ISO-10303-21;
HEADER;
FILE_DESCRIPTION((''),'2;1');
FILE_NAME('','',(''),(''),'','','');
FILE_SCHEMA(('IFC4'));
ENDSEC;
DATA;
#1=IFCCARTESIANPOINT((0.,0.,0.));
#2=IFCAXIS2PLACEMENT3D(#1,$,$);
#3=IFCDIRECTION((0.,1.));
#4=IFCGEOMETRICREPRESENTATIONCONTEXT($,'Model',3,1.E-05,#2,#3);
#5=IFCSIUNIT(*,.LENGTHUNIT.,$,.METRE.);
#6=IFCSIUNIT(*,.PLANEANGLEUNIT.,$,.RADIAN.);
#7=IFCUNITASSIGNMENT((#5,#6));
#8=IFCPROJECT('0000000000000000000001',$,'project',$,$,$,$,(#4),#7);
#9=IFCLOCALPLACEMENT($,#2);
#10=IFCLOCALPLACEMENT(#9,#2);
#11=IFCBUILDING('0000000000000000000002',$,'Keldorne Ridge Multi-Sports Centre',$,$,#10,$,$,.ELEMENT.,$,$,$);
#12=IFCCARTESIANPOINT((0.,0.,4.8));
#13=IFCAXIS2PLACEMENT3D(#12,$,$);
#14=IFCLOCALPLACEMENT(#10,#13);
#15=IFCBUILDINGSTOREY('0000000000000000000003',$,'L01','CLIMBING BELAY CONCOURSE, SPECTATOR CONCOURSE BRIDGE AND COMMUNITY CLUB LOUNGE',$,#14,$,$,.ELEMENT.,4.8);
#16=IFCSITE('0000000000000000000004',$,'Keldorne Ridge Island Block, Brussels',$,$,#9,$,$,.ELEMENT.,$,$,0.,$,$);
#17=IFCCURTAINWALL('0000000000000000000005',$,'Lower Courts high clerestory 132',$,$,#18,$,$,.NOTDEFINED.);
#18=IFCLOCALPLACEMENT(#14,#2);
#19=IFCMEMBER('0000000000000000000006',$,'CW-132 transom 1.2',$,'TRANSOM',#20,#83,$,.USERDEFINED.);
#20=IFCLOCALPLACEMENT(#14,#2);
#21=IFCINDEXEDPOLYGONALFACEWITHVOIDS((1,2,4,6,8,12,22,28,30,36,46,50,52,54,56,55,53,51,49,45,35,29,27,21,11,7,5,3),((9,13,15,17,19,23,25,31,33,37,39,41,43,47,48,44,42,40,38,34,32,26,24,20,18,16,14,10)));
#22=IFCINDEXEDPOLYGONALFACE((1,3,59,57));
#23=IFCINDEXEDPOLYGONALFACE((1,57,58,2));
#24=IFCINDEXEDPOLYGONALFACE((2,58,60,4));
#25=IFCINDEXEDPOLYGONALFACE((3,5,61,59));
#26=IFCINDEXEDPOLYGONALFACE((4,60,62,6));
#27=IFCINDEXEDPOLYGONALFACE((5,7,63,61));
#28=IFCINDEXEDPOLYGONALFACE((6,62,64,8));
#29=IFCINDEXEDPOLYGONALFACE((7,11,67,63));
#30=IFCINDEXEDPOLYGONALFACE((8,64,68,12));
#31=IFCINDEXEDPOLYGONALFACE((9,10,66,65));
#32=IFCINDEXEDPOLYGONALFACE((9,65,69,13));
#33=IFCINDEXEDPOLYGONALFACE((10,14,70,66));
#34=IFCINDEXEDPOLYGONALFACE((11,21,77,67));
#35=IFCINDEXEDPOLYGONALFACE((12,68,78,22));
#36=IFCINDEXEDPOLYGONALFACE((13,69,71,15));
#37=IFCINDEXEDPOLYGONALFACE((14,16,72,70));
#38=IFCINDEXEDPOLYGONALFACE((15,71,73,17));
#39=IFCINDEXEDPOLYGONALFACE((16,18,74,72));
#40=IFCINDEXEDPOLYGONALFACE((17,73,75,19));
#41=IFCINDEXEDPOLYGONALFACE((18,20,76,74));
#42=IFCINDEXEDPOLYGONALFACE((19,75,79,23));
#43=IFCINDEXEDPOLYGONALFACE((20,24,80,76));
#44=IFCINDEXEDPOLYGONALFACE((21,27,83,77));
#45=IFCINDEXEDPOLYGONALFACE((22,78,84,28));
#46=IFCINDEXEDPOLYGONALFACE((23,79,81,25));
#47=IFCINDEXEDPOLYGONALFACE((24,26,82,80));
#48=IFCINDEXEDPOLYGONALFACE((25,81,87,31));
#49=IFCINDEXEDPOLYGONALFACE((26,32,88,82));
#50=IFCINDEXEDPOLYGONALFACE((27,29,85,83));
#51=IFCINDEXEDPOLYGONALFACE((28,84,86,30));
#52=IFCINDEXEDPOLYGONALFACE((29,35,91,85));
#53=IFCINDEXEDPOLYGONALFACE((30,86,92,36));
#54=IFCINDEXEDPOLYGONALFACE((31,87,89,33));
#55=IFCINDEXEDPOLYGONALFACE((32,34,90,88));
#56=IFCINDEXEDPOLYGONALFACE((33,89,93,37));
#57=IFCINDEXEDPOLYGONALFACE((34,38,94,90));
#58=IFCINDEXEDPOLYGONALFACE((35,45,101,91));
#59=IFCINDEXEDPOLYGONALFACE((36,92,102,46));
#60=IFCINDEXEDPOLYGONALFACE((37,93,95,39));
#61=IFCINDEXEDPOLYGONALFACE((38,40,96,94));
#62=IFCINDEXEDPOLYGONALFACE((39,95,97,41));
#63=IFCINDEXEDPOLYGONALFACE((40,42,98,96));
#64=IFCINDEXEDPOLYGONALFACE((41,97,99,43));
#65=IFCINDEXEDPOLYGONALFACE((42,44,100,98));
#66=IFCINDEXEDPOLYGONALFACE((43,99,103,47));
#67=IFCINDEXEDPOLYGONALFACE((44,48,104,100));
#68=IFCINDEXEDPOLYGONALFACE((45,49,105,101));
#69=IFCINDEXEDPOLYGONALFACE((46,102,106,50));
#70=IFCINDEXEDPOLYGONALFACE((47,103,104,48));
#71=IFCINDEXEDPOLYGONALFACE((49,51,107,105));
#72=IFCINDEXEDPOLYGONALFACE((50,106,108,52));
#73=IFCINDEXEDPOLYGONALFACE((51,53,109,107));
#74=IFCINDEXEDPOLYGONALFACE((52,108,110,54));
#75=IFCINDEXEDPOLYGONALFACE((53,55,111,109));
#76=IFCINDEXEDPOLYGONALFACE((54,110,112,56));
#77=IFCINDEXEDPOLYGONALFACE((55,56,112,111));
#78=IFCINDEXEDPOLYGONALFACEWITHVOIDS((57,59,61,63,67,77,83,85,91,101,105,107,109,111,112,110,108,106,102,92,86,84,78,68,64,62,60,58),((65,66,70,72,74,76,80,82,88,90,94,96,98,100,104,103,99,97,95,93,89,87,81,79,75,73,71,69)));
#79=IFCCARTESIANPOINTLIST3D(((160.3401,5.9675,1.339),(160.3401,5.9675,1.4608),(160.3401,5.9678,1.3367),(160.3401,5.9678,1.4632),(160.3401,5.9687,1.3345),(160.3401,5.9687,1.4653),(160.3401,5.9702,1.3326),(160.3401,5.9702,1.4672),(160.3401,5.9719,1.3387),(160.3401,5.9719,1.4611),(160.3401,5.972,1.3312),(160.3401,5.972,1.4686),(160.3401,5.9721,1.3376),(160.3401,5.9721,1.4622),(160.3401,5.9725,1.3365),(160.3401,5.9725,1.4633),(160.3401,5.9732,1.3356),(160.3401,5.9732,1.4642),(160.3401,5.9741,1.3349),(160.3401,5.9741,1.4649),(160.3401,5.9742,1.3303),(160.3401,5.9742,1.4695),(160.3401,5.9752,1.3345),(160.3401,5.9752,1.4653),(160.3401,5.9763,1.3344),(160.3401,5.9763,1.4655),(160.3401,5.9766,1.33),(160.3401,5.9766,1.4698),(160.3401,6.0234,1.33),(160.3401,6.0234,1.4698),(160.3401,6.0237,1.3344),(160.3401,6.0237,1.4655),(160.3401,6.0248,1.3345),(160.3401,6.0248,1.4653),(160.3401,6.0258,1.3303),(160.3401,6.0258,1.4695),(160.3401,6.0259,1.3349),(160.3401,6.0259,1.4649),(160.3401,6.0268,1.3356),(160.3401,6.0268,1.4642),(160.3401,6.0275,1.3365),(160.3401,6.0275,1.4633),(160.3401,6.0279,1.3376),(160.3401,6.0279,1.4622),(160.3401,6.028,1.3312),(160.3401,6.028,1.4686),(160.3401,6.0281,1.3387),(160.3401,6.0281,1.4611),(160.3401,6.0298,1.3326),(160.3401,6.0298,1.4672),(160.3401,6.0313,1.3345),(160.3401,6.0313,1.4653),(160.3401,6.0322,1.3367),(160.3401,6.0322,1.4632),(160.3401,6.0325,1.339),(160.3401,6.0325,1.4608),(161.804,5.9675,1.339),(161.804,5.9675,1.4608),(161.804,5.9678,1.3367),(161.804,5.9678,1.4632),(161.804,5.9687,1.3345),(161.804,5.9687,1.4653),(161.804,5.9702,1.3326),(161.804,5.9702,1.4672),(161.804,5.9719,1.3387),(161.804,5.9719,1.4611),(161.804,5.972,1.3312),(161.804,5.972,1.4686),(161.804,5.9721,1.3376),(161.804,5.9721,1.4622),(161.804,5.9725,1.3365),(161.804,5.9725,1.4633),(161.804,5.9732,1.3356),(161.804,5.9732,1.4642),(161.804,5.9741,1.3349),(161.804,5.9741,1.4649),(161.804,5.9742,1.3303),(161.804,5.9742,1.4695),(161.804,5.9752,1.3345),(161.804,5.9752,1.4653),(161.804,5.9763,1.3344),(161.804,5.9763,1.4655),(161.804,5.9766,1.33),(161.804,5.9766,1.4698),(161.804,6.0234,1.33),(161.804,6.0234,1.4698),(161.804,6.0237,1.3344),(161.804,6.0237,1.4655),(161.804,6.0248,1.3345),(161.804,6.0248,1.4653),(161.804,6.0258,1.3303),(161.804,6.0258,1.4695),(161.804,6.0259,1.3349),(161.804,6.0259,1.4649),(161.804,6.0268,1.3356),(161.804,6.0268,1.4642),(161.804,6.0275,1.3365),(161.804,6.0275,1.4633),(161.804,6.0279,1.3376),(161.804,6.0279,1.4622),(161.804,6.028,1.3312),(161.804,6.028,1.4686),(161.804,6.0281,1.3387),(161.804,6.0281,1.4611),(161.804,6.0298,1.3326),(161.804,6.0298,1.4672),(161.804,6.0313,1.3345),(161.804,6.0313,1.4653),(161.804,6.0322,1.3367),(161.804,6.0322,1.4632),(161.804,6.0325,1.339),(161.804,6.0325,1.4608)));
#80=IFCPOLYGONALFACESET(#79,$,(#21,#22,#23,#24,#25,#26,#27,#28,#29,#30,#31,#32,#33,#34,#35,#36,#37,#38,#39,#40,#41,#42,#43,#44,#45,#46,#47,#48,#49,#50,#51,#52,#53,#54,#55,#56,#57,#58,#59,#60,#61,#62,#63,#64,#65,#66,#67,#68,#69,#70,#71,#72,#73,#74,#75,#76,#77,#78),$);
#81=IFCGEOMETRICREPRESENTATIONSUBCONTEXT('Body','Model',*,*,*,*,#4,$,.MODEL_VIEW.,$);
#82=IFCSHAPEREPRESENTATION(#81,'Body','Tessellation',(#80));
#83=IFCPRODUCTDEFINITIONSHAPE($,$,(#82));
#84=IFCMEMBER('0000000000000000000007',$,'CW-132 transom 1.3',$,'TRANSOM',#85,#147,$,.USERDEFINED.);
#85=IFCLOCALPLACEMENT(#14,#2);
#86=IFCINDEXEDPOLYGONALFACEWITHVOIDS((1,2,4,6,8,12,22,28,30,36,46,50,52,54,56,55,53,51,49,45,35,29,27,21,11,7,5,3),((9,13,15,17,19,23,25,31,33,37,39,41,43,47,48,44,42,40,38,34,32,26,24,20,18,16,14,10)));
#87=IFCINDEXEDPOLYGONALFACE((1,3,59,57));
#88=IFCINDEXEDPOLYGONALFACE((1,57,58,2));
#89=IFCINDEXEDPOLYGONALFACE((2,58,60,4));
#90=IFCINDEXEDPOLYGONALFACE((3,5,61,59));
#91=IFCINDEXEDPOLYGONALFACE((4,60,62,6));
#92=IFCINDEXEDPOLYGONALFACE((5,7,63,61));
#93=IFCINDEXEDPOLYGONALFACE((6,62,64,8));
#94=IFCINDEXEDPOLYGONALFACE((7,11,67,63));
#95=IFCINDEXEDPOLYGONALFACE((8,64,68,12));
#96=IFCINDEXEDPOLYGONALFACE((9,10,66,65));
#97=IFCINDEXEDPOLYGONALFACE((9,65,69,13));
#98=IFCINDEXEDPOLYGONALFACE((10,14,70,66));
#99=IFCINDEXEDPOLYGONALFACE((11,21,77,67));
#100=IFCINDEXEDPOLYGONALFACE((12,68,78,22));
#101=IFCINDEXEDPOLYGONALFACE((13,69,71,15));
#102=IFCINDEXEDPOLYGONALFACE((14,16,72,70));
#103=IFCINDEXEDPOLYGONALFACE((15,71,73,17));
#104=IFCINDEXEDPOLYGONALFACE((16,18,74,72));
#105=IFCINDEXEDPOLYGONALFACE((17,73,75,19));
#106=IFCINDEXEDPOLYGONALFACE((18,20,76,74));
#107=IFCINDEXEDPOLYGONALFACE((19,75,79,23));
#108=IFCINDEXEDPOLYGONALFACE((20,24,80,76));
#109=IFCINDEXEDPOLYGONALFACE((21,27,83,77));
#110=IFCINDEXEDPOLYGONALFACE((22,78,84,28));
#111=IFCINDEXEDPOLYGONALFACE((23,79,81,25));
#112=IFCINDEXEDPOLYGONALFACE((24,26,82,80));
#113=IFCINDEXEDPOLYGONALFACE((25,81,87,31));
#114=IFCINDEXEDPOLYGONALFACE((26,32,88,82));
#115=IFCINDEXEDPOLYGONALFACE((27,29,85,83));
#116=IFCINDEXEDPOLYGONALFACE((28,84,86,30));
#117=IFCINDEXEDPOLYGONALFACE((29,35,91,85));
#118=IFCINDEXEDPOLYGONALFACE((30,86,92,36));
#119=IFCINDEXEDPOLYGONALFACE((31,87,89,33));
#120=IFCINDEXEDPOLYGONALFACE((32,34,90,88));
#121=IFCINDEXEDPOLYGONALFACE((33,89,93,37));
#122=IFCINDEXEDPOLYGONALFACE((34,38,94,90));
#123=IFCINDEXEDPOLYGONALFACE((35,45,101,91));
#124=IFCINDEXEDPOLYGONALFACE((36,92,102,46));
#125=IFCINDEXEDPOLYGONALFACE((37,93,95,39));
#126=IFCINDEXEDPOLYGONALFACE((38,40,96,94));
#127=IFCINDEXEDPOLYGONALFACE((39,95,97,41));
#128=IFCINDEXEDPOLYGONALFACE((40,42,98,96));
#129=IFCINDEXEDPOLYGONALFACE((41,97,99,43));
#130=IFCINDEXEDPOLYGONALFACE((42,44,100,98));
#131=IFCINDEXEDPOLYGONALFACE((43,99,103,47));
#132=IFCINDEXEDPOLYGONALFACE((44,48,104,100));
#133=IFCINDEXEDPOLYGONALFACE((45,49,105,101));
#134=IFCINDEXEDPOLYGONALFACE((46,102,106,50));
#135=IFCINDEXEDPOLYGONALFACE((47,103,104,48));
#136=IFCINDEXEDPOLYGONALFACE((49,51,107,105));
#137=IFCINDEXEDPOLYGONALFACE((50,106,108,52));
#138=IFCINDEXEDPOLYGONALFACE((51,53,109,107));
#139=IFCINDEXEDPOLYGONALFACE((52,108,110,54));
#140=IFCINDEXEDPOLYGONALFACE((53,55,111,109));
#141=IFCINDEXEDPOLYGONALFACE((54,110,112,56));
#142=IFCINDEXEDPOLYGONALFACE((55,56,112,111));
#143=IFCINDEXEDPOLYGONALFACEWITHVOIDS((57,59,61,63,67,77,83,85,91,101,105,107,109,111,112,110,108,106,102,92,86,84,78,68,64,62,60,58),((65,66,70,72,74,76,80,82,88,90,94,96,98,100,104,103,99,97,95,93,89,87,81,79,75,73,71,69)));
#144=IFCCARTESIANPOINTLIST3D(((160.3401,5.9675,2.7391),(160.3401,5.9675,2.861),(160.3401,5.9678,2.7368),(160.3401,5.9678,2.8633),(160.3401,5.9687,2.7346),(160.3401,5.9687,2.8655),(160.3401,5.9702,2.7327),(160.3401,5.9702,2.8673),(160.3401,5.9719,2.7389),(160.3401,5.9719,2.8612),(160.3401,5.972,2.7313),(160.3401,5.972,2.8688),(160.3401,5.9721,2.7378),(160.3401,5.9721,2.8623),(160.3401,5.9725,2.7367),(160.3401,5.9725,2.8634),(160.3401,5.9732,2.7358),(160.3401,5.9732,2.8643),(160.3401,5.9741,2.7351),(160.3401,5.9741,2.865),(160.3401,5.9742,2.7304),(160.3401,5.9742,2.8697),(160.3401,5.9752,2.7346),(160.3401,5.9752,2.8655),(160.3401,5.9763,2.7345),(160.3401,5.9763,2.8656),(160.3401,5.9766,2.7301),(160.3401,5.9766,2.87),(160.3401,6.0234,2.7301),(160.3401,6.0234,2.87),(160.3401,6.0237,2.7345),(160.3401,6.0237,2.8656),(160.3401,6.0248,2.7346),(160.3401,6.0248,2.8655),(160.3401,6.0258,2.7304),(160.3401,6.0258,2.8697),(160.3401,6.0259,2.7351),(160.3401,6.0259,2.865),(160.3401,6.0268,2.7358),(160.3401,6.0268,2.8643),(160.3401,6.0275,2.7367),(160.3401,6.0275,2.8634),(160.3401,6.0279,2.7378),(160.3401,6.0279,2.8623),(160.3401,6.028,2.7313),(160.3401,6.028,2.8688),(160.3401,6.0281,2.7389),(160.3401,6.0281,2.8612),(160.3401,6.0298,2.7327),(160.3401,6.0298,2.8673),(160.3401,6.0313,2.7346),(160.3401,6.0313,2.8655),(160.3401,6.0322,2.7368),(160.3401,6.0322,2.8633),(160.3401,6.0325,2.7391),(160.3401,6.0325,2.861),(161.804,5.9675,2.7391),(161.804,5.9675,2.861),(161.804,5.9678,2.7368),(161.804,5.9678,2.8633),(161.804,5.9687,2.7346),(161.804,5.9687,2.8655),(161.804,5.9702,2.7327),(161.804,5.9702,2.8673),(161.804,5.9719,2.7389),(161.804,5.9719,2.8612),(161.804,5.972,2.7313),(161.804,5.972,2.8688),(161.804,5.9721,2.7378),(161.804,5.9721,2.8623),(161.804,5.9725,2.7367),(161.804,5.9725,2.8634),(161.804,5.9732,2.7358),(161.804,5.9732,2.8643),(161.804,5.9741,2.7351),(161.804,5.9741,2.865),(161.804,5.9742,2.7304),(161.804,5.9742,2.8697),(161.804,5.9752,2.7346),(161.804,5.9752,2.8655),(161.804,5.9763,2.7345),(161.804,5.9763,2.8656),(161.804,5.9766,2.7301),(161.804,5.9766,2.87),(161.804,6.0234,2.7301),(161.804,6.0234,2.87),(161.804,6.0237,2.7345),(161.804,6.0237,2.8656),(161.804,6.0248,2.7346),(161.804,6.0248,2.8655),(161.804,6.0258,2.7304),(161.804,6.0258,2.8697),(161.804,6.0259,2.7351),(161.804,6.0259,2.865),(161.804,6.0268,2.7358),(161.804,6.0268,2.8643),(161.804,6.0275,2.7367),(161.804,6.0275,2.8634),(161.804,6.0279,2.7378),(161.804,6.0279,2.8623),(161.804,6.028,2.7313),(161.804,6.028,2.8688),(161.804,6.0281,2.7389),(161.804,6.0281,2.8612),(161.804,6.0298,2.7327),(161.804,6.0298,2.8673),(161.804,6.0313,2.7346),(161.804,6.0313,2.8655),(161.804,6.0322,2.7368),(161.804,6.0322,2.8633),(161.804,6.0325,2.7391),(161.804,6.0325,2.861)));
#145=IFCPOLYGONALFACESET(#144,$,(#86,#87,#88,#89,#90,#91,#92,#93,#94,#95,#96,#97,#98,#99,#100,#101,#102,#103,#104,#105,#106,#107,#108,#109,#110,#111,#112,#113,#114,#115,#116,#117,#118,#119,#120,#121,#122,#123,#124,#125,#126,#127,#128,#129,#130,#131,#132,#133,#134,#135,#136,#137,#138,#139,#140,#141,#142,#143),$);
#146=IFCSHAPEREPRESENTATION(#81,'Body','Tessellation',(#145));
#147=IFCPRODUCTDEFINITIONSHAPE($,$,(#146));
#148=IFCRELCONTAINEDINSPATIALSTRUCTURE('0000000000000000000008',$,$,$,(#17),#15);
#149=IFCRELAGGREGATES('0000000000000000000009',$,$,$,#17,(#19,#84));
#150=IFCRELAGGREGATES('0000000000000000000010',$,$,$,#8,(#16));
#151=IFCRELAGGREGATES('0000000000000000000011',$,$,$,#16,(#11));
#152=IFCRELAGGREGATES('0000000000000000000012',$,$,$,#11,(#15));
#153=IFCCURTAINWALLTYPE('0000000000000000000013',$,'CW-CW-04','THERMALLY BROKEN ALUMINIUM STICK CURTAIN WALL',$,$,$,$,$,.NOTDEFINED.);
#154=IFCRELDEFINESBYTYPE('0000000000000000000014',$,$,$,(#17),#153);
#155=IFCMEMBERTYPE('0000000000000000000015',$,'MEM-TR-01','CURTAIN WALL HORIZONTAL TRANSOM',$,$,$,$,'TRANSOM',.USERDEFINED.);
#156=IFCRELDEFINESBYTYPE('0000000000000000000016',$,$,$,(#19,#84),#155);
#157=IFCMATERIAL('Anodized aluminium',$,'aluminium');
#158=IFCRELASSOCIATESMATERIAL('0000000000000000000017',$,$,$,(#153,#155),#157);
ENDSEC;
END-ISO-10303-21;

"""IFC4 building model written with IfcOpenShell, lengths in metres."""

from ifc_helpers import new_model, si_unit, direction, frame, origin, origin_2d, place, context, subcontext, project, spatial, hollow_rectangle, extrude, material, material_profile, profile_set, type_object, element, aggregate, save


model = new_model("IFC4")

# Units and contexts
model_context = context("Model", 3, precision=1e-05, world=origin(), true_north=direction((0.0, 1.0)))
body_context = subcontext(model_context, "Body", "Model", "MODEL_VIEW")
ifc_project = project(units=[si_unit("LENGTHUNIT", "METRE"), si_unit("PLANEANGLEUNIT", "RADIAN")], contexts=[model_context])

# Site, building, storey
site_placement = place(None, origin())
site = spatial("IfcSite", under=ifc_project, at=site_placement, Name="Keldorne Ridge Island Block, Brussels", CompositionType="ELEMENT", RefElevation=0.0)
building_placement = place(site_placement, origin())
building = spatial("IfcBuilding", under=site, at=building_placement, Name="Keldorne Ridge Multi-Sports Centre", CompositionType="ELEMENT")
storey_placement = place(building_placement, frame((0.0, 0.0, 4.8)))
storey = spatial("IfcBuildingStorey", under=building, at=storey_placement, Name="L01", Description="CLIMBING BELAY CONCOURSE, SPECTATOR CONCOURSE BRIDGE AND COMMUNITY CLUB LOUNGE", CompositionType="ELEMENT", Elevation=4.8)

# Curtain wall
ifc_material_1 = material(Name="Anodized aluminium", Category="aluminium")
curtain_wall_type_1 = type_object("IfcCurtainWallType", Name="CW-CW-04", Description="THERMALLY BROKEN ALUMINIUM STICK CURTAIN WALL", PredefinedType="NOTDEFINED", material=ifc_material_1)
curtain_wall_1_placement = place(storey_placement, origin())
curtain_wall_1 = element("IfcCurtainWall", 1, at=curtain_wall_1_placement, inside=storey, type_object=curtain_wall_type_1, Name="Lower Courts high clerestory 132", PredefinedType="NOTDEFINED")

# Members
ifc_material_profile_1 = material_profile(ifc_material_1, hollow_rectangle(XDim=0.0649, YDim=0.1399, WallThickness=0.0044, InnerFilletRadius=0.0044, OuterFilletRadius=0.009, at=origin_2d()), Name="ALU TRANSOM 140x65x4.5")
ifc_profile_set_1 = profile_set([ifc_material_profile_1], Name="Anodized aluminium")
member_type_1 = type_object("IfcMemberType", Name="MEM-TR-01", Description="CURTAIN WALL HORIZONTAL TRANSOM", ElementType="TRANSOM", PredefinedType="USERDEFINED", material=ifc_profile_set_1)
member_1_placement = place(storey_placement, frame((160.3401, 6.0, 1.3999), z_axis=(1.0, 0.0, 0.0), x_axis=(0.0, 1.0, 0.0)))
member_1 = element("IfcMember", 2, at=member_1_placement, type_object=member_type_1, Name="CW-132 transom 1.2", ObjectType="TRANSOM", PredefinedType="USERDEFINED", context=body_context, shape_type="SweptSolid", body=[
    extrude(hollow_rectangle(XDim=0.0649, YDim=0.1399, WallThickness=0.0044, InnerFilletRadius=0.0044, OuterFilletRadius=0.009, at=origin_2d()), origin(), (0.0, 0.0, 1.0), 1.4639),
])
member_2_placement = place(storey_placement, frame((160.3401, 6.0, 2.8), z_axis=(1.0, 0.0, 0.0), x_axis=(0.0, 1.0, 0.0)))
member_2 = element("IfcMember", 3, at=member_2_placement, type_object=member_type_1, Name="CW-132 transom 1.3", ObjectType="TRANSOM", PredefinedType="USERDEFINED", context=body_context, shape_type="SweptSolid", body=[
    extrude(hollow_rectangle(XDim=0.0649, YDim=0.1399, WallThickness=0.0044, InnerFilletRadius=0.0044, OuterFilletRadius=0.009, at=origin_2d()), origin(), (0.0, 0.0, 1.0), 1.4639),
])

aggregate(curtain_wall_1, [member_1, member_2])

save(model, "model.ifc")
